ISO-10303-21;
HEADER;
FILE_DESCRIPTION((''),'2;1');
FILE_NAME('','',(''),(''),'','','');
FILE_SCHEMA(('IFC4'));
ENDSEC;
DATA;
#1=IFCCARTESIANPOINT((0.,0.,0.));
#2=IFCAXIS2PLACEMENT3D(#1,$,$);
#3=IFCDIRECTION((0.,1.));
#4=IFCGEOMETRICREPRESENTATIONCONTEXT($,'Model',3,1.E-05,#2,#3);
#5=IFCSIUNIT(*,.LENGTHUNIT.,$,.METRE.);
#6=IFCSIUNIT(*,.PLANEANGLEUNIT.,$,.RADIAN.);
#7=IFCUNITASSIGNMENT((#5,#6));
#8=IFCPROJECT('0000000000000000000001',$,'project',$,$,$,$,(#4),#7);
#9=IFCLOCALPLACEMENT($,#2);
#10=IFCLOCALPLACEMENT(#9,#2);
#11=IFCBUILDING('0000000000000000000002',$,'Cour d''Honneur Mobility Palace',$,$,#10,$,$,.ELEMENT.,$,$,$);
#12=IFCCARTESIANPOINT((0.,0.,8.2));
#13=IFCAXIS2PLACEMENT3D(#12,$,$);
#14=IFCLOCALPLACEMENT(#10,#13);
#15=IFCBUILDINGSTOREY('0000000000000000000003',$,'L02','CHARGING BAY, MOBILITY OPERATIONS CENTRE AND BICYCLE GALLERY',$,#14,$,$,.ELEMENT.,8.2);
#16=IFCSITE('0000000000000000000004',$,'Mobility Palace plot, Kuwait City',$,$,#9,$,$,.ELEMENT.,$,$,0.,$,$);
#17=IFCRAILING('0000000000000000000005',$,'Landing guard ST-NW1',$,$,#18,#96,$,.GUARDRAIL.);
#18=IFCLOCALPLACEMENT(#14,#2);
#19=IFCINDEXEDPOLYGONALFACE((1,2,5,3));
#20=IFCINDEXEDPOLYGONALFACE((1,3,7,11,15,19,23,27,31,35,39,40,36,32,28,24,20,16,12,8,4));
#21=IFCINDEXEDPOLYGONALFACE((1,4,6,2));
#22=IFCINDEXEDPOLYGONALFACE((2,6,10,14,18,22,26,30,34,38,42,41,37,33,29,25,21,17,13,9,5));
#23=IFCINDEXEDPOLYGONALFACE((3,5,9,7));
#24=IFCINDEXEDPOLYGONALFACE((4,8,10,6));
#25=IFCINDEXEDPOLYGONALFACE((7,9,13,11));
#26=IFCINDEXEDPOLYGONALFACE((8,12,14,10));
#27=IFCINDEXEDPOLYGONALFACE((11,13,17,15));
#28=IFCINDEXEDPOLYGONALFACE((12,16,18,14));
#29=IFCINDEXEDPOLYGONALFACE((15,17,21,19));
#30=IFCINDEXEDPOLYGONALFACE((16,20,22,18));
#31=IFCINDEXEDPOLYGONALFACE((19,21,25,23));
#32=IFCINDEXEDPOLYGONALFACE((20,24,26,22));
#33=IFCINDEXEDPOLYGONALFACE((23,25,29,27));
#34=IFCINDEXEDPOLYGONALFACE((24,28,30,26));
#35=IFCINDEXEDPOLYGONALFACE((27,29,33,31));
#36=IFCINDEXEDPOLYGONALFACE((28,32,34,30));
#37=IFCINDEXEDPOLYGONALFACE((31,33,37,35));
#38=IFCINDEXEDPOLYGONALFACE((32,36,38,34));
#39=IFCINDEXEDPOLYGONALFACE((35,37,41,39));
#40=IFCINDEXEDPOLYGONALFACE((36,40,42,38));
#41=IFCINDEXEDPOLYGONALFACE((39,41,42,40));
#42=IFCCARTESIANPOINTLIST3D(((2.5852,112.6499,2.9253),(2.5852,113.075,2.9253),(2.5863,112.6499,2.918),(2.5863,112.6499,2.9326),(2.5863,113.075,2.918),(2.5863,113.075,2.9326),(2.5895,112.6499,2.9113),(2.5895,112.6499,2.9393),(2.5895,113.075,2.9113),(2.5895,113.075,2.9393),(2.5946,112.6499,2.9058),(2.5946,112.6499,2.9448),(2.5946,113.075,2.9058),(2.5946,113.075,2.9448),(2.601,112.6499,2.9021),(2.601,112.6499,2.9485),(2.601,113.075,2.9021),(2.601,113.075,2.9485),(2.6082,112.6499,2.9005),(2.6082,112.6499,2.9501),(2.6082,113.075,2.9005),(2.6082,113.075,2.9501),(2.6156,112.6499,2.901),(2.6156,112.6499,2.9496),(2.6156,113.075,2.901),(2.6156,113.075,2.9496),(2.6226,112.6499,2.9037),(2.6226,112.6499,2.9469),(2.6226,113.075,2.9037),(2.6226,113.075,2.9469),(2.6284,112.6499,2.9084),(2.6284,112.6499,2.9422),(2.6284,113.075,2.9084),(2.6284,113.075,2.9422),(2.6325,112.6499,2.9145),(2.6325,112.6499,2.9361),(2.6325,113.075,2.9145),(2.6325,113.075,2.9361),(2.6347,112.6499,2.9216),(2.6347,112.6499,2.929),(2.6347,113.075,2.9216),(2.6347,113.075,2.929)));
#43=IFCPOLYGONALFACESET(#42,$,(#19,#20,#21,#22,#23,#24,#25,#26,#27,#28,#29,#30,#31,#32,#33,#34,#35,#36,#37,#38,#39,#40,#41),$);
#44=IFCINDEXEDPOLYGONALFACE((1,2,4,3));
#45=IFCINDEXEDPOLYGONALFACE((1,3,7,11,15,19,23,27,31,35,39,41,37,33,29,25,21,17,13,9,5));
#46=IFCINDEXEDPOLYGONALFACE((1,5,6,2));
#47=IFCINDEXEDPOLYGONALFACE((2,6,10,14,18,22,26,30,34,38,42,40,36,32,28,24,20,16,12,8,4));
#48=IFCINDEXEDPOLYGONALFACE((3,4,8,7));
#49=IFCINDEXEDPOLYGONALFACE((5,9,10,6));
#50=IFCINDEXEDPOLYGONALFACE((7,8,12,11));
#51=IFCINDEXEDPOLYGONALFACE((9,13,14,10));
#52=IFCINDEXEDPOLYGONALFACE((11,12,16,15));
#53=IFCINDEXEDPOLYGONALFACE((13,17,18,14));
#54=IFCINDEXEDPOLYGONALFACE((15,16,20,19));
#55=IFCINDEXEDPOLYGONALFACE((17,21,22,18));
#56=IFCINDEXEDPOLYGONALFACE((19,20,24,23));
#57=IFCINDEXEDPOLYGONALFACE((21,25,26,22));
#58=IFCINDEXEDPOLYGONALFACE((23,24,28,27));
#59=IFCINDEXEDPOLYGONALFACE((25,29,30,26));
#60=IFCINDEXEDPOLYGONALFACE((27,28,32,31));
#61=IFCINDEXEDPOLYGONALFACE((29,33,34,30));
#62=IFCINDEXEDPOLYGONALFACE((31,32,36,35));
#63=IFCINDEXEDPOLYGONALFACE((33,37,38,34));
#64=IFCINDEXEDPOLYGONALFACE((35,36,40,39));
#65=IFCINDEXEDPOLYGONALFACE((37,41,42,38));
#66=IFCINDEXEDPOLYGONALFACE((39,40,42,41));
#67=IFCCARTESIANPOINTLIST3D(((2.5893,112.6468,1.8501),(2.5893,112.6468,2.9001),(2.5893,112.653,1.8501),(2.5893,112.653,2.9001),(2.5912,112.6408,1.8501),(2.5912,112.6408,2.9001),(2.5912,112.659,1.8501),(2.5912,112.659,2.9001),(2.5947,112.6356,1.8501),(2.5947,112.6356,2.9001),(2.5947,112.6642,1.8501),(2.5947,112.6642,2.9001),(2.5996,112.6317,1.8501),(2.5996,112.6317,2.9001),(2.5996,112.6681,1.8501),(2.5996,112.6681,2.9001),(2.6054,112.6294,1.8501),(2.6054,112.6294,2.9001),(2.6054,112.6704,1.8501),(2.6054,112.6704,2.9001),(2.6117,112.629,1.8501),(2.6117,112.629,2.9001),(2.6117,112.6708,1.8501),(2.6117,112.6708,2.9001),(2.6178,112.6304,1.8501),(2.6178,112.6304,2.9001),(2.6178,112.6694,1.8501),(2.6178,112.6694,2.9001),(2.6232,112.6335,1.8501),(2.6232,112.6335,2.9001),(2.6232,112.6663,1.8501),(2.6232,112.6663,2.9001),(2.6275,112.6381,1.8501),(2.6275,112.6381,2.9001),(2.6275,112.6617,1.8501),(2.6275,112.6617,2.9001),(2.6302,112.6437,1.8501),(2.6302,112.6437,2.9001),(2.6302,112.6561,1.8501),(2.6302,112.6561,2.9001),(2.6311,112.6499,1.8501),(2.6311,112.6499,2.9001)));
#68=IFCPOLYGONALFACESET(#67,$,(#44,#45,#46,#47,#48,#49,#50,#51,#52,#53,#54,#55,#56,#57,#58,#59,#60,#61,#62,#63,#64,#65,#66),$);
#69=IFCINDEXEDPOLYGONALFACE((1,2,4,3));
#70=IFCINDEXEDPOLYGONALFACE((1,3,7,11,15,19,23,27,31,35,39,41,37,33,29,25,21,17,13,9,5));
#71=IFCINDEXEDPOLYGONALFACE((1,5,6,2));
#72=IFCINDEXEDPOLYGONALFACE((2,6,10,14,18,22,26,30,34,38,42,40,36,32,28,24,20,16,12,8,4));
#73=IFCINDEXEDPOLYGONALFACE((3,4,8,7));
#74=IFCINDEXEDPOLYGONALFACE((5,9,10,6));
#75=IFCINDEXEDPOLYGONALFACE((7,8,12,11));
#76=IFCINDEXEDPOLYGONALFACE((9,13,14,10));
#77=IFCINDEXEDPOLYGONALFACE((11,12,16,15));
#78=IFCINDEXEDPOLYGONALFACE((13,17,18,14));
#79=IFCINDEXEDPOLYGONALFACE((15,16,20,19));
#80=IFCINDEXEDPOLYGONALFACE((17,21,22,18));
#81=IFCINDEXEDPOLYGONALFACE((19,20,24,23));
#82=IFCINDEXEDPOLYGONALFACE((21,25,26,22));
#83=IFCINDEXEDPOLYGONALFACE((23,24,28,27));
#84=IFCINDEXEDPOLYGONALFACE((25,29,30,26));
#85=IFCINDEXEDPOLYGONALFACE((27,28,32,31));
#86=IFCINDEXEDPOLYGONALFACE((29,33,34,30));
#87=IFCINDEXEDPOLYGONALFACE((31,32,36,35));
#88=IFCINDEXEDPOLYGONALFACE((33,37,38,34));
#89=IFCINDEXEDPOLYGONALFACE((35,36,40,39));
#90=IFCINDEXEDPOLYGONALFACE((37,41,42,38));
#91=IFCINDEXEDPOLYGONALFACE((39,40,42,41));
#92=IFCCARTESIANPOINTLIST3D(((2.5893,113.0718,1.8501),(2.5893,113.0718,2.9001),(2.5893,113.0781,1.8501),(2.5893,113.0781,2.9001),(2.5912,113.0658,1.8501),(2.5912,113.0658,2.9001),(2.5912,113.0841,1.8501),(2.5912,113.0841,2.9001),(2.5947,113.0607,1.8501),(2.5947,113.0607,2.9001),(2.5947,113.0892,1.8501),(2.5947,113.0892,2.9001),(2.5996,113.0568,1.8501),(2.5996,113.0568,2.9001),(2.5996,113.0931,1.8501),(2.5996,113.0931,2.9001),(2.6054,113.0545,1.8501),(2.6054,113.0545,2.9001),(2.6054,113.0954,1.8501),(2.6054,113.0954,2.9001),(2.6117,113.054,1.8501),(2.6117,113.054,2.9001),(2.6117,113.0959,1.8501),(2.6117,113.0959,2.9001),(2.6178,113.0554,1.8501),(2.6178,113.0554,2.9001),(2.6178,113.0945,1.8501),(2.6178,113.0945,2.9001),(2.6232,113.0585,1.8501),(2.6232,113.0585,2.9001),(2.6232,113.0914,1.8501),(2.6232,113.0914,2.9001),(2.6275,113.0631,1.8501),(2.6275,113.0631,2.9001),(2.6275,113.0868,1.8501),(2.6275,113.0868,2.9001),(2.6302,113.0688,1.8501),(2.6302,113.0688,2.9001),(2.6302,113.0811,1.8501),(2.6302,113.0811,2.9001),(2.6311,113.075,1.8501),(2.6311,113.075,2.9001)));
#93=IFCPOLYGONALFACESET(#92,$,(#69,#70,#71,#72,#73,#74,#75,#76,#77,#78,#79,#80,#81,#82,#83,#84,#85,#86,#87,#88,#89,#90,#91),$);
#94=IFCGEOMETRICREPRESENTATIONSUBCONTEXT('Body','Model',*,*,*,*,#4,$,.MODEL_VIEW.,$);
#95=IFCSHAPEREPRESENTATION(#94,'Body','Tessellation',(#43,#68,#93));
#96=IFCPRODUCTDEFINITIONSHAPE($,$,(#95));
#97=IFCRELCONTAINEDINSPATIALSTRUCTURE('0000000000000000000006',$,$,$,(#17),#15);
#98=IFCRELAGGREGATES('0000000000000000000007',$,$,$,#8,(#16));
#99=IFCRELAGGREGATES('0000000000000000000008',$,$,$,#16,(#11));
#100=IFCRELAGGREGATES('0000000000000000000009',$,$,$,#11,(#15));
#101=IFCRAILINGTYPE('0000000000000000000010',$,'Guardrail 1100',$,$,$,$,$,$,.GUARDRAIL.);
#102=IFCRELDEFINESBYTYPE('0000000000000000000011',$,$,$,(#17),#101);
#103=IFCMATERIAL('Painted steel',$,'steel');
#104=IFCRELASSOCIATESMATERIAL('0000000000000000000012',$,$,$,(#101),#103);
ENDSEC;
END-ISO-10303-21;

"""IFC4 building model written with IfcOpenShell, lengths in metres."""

from ifc_helpers import new_model, si_unit, direction, frame, origin, origin_2d, place, context, subcontext, project, spatial, circle, extrude, material, type_object, element, save


model = new_model("IFC4")

# Units and contexts
model_context = context("Model", 3, precision=1e-05, world=origin(), true_north=direction((0.0, 1.0)))
body_context = subcontext(model_context, "Body", "Model", "MODEL_VIEW")
ifc_project = project(units=[si_unit("LENGTHUNIT", "METRE"), si_unit("PLANEANGLEUNIT", "RADIAN")], contexts=[model_context])

# Site, building, storey
site_placement = place(None, origin())
site = spatial("IfcSite", under=ifc_project, at=site_placement, Name="Mobility Palace plot, Kuwait City", CompositionType="ELEMENT", RefElevation=0.0)
building_placement = place(site_placement, origin())
building = spatial("IfcBuilding", under=site, at=building_placement, Name="Cour d'Honneur Mobility Palace", CompositionType="ELEMENT")
storey_placement = place(building_placement, frame((0.0, 0.0, 8.2)))
storey = spatial("IfcBuildingStorey", under=building, at=storey_placement, Name="L02", Description="CHARGING BAY, MOBILITY OPERATIONS CENTRE AND BICYCLE GALLERY", CompositionType="ELEMENT", Elevation=8.2)

# Railing
ifc_material_1 = material(Name="Painted steel", Category="steel")
railing_type_1 = type_object("IfcRailingType", Name="Guardrail 1100", PredefinedType="GUARDRAIL", material=ifc_material_1)
railing_1_placement = place(storey_placement, frame((2.6101, 112.6499, 1.8501)))
element("IfcRailing", 1, at=railing_1_placement, inside=storey, type_object=railing_type_1, Name="Landing guard ST-NW1", PredefinedType="GUARDRAIL", context=body_context, shape_type="SweptSolid", body=[
    extrude(circle(Radius=0.0249, at=origin_2d()), frame((0.0, 0.0, 1.0752), z_axis=(0.0, 1.0, 0.0), x_axis=(-1.0, 0.0, 0.0)), (0.0, 0.0, 1.0), 0.425),
    extrude(circle(Radius=0.021, at=origin_2d()), origin(), (0.0, 0.0, 1.0), 1.05),
    extrude(circle(Radius=0.021, at=origin_2d()), frame((0.0, 0.425, 0.0)), (0.0, 0.0, 1.0), 1.05),
])

save(model, "model.ifc")
